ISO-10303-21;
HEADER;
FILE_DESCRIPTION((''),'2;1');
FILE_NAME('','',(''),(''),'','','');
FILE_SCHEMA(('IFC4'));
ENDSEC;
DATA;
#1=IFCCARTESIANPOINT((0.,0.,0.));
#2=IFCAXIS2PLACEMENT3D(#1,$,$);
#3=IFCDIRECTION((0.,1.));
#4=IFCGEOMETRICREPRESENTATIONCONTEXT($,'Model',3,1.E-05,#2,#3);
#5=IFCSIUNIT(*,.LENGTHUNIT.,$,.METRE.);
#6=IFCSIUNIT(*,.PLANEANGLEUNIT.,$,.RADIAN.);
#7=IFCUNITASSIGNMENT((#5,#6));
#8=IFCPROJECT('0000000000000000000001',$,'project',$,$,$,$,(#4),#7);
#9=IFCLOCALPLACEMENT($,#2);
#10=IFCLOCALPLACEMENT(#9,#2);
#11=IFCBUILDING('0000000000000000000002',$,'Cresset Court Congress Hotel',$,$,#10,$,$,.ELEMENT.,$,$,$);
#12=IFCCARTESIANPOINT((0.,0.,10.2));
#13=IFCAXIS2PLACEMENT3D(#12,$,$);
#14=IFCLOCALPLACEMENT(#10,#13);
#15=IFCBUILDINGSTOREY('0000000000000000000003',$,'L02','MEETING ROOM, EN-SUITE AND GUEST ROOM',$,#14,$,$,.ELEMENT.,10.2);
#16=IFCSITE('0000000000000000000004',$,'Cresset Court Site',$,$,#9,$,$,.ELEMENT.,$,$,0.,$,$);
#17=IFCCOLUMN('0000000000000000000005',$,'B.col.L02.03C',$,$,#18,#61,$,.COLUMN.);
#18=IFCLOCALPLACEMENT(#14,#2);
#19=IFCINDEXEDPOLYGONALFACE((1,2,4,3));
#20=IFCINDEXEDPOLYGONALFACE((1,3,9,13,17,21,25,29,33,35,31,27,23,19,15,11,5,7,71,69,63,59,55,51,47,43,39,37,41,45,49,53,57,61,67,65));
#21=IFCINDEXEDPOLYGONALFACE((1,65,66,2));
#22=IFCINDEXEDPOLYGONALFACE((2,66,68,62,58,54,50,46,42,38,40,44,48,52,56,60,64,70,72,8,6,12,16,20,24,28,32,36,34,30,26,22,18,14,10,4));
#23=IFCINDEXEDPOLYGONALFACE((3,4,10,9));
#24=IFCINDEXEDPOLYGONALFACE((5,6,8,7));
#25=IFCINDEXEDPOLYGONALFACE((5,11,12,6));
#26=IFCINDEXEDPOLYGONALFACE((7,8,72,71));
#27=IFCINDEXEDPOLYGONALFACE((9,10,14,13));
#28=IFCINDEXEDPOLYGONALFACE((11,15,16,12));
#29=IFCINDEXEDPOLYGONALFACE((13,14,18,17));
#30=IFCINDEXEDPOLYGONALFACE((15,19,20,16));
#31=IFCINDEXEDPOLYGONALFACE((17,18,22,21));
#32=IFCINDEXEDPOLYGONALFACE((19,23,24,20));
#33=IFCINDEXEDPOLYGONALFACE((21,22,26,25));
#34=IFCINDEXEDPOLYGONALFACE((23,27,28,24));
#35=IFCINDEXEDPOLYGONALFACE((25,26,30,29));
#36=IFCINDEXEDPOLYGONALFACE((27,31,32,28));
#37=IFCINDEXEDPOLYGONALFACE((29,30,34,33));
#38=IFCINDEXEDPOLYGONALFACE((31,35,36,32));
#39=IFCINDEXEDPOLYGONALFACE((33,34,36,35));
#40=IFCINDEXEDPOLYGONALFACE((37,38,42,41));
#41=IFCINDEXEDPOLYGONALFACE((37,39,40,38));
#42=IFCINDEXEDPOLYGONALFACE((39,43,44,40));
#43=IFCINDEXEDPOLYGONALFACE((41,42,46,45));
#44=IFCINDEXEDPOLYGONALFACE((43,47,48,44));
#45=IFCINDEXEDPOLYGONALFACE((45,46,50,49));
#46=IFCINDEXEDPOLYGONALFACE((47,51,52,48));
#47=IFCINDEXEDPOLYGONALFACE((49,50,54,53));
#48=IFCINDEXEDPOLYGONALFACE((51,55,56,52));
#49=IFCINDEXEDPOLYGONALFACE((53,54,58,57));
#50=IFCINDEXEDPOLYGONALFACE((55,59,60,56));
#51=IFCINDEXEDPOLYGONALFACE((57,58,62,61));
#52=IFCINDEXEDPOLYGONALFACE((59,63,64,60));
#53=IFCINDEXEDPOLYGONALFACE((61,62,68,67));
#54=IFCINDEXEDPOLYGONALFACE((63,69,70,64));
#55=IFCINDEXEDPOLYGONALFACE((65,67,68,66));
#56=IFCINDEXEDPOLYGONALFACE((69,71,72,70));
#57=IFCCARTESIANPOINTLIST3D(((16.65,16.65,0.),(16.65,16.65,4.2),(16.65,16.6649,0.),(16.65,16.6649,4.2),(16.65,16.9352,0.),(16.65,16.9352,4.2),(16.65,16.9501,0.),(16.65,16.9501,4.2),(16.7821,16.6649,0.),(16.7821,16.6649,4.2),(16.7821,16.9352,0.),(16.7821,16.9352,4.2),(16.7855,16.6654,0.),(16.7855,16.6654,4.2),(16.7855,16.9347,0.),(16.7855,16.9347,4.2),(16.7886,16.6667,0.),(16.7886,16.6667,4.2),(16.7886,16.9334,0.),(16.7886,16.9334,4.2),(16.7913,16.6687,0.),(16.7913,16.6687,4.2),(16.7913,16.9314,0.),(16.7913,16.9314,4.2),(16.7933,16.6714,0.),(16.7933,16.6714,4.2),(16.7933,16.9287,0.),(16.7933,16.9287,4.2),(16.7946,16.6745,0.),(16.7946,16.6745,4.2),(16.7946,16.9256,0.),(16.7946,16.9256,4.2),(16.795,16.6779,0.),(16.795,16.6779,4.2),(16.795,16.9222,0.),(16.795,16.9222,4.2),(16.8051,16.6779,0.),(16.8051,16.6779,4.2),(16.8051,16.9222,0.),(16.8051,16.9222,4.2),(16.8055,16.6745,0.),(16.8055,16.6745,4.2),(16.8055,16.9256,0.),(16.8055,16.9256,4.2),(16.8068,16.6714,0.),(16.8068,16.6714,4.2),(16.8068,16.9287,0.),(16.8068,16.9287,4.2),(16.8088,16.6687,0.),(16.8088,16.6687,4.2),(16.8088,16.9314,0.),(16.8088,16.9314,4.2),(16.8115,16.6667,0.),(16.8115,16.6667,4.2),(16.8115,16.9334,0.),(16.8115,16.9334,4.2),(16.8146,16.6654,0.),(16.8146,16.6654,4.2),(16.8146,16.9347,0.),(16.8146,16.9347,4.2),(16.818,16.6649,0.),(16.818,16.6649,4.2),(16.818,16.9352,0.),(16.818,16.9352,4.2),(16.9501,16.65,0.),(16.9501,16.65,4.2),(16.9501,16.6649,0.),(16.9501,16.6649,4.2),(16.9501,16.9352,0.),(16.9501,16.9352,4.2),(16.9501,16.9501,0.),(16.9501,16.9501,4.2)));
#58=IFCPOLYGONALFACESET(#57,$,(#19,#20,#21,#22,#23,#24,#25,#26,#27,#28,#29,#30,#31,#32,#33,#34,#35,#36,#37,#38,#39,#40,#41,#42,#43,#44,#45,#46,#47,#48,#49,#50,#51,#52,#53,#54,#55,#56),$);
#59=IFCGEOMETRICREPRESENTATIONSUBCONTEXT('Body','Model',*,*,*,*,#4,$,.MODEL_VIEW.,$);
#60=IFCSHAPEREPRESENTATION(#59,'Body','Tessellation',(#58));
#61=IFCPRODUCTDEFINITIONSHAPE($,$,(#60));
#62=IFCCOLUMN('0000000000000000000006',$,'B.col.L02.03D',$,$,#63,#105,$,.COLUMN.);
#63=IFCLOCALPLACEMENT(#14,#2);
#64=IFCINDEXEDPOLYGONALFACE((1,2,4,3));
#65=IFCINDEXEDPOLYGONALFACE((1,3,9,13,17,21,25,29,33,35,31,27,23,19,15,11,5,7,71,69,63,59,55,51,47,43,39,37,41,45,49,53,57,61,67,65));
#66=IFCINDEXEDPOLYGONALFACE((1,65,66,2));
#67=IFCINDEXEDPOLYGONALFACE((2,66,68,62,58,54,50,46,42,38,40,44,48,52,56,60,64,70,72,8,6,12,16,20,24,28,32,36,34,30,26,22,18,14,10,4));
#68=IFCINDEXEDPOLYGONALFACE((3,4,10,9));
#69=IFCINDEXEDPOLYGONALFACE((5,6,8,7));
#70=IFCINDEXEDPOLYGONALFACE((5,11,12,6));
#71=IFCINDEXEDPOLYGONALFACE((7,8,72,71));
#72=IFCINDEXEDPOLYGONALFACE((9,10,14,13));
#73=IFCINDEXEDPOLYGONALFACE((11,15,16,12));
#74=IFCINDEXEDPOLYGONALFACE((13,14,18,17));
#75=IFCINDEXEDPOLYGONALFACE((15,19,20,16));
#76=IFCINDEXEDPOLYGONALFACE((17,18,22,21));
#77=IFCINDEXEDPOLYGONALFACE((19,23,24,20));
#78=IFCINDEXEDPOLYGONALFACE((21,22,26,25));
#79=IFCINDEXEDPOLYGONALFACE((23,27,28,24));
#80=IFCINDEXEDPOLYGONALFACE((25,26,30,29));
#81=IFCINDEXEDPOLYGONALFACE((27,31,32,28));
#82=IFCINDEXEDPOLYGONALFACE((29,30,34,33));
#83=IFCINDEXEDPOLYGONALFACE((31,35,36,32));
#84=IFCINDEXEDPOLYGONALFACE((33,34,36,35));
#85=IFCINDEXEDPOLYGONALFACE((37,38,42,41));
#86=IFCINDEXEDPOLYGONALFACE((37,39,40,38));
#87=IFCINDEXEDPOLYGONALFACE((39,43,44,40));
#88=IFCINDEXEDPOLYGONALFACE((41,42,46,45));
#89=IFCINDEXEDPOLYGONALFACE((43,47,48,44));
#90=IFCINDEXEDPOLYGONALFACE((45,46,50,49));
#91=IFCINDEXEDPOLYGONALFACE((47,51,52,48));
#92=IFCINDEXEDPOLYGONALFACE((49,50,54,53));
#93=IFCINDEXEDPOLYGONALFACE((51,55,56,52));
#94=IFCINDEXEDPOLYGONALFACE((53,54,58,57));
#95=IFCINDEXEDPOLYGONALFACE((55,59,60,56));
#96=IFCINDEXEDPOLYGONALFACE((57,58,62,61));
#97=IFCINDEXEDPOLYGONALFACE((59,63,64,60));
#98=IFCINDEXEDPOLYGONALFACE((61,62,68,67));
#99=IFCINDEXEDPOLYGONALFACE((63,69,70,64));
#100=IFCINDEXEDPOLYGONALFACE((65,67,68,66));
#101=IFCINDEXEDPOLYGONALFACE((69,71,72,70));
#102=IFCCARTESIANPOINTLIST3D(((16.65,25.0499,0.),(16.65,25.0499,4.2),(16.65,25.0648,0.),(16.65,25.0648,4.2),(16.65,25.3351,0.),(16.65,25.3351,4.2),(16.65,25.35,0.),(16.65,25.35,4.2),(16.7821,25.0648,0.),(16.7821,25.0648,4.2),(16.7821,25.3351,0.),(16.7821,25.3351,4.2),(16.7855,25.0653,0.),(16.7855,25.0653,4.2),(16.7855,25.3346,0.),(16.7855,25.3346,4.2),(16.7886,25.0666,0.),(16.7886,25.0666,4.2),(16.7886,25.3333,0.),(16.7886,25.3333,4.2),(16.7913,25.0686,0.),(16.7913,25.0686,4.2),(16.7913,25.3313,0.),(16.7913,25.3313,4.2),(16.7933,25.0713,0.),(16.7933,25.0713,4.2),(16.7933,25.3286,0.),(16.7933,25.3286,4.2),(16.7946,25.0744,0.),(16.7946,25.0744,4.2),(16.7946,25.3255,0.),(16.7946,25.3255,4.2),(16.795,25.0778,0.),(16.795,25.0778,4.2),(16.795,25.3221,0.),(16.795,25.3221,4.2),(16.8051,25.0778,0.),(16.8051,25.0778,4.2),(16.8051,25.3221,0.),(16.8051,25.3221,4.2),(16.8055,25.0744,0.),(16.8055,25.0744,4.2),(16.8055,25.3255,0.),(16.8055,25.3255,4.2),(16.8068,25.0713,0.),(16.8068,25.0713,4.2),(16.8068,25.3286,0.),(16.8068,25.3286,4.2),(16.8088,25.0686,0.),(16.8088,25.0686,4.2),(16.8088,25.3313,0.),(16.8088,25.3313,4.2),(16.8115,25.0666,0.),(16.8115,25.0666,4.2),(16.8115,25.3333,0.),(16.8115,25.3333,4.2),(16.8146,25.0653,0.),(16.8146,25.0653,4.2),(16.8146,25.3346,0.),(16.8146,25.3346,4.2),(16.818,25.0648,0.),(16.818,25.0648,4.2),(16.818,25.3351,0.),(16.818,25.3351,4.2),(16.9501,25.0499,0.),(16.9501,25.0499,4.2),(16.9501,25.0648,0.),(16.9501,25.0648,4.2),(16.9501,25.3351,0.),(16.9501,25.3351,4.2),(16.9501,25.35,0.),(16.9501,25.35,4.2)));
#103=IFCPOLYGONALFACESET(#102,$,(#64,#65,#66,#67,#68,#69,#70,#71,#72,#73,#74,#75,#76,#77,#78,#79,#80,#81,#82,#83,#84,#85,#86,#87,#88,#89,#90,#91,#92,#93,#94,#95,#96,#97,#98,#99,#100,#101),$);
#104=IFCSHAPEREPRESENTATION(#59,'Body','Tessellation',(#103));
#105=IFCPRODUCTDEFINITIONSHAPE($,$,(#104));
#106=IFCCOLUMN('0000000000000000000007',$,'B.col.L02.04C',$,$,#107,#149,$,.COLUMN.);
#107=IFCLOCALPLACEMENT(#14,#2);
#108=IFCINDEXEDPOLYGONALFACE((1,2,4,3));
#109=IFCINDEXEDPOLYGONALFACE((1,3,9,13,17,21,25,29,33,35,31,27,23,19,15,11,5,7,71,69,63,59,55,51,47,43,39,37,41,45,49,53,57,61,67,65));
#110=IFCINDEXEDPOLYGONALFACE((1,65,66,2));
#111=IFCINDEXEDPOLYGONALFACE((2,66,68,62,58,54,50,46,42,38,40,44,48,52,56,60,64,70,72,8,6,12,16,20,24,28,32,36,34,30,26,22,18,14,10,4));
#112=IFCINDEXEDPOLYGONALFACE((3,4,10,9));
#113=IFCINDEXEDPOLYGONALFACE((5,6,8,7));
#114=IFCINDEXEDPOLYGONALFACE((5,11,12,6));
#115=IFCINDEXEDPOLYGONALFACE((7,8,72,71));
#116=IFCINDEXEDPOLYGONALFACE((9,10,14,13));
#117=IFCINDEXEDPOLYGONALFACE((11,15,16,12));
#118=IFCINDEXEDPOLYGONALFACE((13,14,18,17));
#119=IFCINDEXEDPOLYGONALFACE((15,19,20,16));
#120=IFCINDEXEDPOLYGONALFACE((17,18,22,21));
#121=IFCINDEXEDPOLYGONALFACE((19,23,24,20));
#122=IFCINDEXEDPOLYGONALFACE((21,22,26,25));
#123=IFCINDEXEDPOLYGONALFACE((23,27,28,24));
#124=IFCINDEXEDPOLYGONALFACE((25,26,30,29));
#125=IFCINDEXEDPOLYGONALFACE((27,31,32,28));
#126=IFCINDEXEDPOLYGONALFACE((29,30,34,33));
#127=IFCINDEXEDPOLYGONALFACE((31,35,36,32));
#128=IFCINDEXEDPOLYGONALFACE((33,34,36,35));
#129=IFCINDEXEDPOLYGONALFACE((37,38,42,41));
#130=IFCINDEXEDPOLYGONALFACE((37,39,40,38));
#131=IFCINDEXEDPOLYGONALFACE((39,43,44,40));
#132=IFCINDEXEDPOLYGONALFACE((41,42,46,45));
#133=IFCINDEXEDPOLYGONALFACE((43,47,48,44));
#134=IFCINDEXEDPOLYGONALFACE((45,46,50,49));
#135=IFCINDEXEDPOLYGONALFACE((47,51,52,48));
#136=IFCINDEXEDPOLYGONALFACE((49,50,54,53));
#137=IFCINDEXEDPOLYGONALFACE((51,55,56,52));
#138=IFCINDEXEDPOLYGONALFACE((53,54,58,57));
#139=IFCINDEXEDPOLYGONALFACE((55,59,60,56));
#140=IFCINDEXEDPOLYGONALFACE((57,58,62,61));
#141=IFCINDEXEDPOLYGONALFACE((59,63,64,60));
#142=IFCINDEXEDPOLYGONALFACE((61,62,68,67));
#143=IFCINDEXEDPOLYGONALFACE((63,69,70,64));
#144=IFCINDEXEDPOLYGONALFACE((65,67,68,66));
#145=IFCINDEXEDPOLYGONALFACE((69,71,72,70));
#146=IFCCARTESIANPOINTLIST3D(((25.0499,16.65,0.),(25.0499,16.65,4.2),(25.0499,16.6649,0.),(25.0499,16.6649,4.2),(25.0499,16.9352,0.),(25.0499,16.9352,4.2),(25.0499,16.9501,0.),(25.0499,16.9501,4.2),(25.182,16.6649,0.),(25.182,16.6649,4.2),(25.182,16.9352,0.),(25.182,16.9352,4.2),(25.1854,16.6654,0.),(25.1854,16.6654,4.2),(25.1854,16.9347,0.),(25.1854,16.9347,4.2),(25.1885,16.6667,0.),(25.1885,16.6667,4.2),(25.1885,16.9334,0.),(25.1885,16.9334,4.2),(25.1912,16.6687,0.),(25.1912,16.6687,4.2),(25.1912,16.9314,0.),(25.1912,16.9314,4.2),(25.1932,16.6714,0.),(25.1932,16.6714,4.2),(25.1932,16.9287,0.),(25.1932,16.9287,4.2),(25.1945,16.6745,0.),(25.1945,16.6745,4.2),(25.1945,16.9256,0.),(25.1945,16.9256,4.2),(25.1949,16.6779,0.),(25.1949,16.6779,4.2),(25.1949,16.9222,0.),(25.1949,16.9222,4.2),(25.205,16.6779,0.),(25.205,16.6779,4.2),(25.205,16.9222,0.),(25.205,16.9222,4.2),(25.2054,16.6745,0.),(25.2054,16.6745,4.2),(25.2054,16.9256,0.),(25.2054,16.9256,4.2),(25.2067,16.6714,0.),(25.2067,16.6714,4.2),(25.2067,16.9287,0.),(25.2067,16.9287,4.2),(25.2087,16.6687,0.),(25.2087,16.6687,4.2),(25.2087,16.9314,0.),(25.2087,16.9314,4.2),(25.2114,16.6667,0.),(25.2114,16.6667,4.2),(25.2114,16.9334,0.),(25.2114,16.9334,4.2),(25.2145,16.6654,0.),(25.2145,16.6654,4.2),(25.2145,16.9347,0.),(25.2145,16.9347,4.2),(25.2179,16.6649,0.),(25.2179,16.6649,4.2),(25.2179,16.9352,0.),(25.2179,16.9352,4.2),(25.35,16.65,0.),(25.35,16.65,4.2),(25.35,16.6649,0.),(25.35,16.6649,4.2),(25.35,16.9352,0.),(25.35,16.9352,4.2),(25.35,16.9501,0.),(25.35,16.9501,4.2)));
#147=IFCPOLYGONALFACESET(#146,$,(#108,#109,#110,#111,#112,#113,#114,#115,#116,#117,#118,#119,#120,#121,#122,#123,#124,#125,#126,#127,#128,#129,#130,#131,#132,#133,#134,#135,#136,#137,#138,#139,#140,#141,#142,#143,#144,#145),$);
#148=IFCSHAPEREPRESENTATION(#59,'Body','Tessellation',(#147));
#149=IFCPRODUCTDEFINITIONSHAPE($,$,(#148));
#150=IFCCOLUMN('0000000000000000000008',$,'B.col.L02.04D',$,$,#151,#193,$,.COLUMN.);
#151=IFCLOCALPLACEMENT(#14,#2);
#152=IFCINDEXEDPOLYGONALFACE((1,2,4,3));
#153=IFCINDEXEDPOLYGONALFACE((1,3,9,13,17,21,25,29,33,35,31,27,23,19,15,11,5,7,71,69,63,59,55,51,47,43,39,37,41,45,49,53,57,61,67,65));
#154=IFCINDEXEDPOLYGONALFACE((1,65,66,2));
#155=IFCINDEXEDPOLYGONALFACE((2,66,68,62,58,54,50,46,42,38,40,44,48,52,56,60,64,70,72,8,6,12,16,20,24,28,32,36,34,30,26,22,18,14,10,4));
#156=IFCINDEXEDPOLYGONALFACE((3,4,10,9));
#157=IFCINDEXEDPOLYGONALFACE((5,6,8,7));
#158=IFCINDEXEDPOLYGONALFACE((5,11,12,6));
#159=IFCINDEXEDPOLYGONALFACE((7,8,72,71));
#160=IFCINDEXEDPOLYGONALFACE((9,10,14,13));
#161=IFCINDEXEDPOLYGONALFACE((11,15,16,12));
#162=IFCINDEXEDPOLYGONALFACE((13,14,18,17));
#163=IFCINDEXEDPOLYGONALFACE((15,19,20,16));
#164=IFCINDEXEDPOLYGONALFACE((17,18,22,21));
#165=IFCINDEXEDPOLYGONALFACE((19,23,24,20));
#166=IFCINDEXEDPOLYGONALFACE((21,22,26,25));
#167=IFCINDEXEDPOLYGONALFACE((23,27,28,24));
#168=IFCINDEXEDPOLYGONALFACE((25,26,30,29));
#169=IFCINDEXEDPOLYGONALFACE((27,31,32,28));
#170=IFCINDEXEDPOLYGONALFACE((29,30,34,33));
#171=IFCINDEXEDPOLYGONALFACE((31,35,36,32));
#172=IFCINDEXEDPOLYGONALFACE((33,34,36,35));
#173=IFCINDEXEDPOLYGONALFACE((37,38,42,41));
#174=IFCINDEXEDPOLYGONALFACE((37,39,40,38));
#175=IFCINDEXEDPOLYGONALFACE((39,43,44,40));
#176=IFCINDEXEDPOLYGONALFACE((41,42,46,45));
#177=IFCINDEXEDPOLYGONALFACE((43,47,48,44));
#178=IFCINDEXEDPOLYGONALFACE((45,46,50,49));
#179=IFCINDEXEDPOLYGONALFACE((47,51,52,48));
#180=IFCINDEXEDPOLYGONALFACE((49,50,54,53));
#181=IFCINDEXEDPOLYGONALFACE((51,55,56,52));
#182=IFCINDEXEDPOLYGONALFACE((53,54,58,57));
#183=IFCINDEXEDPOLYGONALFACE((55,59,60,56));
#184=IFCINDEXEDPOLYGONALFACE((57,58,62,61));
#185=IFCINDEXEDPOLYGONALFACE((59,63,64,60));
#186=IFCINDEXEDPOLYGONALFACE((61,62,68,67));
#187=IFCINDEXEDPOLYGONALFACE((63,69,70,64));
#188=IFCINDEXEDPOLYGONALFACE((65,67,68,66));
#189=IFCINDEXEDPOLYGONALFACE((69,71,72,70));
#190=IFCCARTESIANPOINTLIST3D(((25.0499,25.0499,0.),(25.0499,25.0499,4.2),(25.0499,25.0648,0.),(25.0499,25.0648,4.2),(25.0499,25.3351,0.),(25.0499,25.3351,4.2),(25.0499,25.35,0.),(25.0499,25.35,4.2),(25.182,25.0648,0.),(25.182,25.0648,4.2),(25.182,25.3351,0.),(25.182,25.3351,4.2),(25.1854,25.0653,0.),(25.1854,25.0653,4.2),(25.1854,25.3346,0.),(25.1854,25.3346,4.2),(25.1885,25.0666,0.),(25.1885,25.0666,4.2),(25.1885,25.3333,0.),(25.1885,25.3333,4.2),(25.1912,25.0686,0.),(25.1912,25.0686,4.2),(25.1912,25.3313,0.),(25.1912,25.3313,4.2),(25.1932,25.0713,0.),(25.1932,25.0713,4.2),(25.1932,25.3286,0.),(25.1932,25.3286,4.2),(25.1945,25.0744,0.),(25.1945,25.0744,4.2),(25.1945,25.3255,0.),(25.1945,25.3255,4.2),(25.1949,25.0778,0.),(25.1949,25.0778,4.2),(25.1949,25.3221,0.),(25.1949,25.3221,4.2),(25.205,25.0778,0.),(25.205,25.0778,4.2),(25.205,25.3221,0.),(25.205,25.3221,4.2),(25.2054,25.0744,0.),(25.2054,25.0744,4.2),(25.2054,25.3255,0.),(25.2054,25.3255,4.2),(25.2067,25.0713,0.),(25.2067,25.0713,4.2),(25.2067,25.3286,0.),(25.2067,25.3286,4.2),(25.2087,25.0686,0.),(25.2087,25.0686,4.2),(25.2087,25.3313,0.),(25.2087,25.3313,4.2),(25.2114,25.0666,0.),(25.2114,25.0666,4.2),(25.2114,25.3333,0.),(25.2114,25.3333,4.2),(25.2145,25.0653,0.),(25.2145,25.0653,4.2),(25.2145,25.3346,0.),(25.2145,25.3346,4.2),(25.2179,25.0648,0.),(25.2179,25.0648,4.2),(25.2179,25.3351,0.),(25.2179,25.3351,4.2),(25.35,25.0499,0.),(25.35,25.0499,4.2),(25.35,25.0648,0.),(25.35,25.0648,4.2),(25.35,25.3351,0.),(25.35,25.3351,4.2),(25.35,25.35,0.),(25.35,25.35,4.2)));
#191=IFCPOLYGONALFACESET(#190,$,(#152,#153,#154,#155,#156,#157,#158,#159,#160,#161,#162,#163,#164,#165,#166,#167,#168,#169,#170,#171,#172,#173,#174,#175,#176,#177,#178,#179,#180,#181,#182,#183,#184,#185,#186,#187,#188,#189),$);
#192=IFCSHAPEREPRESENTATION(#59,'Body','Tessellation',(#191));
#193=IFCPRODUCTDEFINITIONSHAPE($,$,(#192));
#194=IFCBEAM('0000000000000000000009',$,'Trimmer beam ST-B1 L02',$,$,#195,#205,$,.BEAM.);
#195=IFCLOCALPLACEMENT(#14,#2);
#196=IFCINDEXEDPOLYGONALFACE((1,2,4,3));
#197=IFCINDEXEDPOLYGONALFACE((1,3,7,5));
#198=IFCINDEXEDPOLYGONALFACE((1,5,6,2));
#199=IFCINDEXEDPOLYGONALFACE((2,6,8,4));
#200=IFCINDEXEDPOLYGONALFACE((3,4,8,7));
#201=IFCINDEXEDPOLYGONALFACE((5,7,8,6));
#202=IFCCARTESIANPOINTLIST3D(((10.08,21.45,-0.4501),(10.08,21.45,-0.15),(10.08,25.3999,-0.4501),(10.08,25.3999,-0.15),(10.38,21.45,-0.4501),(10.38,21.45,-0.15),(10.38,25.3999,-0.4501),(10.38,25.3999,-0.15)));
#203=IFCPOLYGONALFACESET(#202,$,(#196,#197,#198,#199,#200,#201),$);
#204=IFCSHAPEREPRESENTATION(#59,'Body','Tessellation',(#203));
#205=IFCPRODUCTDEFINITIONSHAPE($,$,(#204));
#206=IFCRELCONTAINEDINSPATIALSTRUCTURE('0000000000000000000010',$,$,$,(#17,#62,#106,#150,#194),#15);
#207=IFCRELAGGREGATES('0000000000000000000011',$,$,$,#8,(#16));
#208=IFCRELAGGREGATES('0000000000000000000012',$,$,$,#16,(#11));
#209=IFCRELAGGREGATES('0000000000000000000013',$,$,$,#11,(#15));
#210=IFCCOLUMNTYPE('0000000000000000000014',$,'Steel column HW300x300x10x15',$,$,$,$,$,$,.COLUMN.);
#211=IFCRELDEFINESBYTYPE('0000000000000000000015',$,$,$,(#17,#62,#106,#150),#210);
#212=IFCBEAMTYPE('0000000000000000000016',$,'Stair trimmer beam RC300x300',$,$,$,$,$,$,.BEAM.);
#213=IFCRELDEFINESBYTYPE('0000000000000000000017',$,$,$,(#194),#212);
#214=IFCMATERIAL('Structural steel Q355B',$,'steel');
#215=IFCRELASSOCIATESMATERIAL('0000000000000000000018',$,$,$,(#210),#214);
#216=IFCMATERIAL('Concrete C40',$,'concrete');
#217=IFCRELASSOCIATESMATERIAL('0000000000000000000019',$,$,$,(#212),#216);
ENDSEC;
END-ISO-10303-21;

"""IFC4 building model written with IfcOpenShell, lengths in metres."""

from ifc_helpers import new_model, si_unit, direction, frame, origin, origin_2d, place, context, subcontext, project, spatial, rectangle, i_section, extrude, material, material_profile, profile_set, type_object, element, save


model = new_model("IFC4")

# Units and contexts
model_context = context("Model", 3, precision=1e-05, world=origin(), true_north=direction((0.0, 1.0)))
body_context = subcontext(model_context, "Body", "Model", "MODEL_VIEW")
ifc_project = project(units=[si_unit("LENGTHUNIT", "METRE"), si_unit("PLANEANGLEUNIT", "RADIAN")], contexts=[model_context])

# Site, building, storey
site_placement = place(None, origin())
site = spatial("IfcSite", under=ifc_project, at=site_placement, Name="Cresset Court Site", CompositionType="ELEMENT", RefElevation=0.0)
building_placement = place(site_placement, origin())
building = spatial("IfcBuilding", under=site, at=building_placement, Name="Cresset Court Congress Hotel", CompositionType="ELEMENT")
storey_placement = place(building_placement, frame((0.0, 0.0, 10.2)))
storey = spatial("IfcBuildingStorey", under=building, at=storey_placement, Name="L02", Description="MEETING ROOM, EN-SUITE AND GUEST ROOM", CompositionType="ELEMENT", Elevation=10.2)

# Columns
ifc_material_1 = material(Name="Structural steel Q355B", Category="steel")
ifc_material_profile_1 = material_profile(ifc_material_1, i_section(OverallWidth=0.3, OverallDepth=0.3, WebThickness=0.01, FlangeThickness=0.0149, FilletRadius=0.0129, at=origin_2d()), Name="HW300x300x10x15")
ifc_profile_set_1 = profile_set([ifc_material_profile_1], Name="Structural steel Q355B")
column_type = type_object("IfcColumnType", Name="Steel column HW300x300x10x15", PredefinedType="COLUMN", material=ifc_profile_set_1)
for number, where, z_axis, x_axis, name in (
    (1, (16.8, 16.8, 0.0), (0.0, 0.0, 1.0), (1.0, 0.0, 0.0), "B.col.L02.03C"),
    (2, (16.8, 25.2, 0.0), (0.0, 0.0, 1.0), (1.0, 0.0, 0.0), "B.col.L02.03D"),
    (3, (25.2, 16.8, 0.0), (0.0, 0.0, 1.0), (1.0, 0.0, 0.0), "B.col.L02.04C"),
    (4, (25.2, 25.2, 0.0), (0.0, 0.0, 1.0), (1.0, 0.0, 0.0), "B.col.L02.04D"),
):
    element("IfcColumn", number, at=place(storey_placement, frame(where, z_axis=z_axis, x_axis=x_axis)), inside=storey, type_object=column_type, Name=name, PredefinedType="COLUMN", context=body_context, shape_type="SweptSolid", body=[
        extrude(i_section(OverallWidth=0.3, OverallDepth=0.3, WebThickness=0.01, FlangeThickness=0.0149, FilletRadius=0.0129, at=origin_2d()), origin(), (0.0, 0.0, 1.0), 4.2),
    ])

# Beam
ifc_material_2 = material(Name="Concrete C40", Category="concrete")
ifc_material_profile_2 = material_profile(ifc_material_2, rectangle(XDim=0.3, YDim=0.3, at=origin_2d()), Name="RC300x300")
ifc_profile_set_2 = profile_set([ifc_material_profile_2], Name="Concrete C40")
beam_type_1 = type_object("IfcBeamType", Name="Stair trimmer beam RC300x300", PredefinedType="BEAM", material=ifc_profile_set_2)
beam_1_placement = place(storey_placement, frame((10.23, 21.45, -0.3), z_axis=(0.0, 1.0, 0.0), x_axis=(-1.0, 0.0, 0.0)))
element("IfcBeam", 5, at=beam_1_placement, inside=storey, type_object=beam_type_1, Name="Trimmer beam ST-B1 L02", PredefinedType="BEAM", context=body_context, shape_type="SweptSolid", body=[
    extrude(rectangle(XDim=0.3, YDim=0.3, at=origin_2d()), origin(), (0.0, 0.0, 1.0), 3.95),
])

save(model, "model.ifc")
